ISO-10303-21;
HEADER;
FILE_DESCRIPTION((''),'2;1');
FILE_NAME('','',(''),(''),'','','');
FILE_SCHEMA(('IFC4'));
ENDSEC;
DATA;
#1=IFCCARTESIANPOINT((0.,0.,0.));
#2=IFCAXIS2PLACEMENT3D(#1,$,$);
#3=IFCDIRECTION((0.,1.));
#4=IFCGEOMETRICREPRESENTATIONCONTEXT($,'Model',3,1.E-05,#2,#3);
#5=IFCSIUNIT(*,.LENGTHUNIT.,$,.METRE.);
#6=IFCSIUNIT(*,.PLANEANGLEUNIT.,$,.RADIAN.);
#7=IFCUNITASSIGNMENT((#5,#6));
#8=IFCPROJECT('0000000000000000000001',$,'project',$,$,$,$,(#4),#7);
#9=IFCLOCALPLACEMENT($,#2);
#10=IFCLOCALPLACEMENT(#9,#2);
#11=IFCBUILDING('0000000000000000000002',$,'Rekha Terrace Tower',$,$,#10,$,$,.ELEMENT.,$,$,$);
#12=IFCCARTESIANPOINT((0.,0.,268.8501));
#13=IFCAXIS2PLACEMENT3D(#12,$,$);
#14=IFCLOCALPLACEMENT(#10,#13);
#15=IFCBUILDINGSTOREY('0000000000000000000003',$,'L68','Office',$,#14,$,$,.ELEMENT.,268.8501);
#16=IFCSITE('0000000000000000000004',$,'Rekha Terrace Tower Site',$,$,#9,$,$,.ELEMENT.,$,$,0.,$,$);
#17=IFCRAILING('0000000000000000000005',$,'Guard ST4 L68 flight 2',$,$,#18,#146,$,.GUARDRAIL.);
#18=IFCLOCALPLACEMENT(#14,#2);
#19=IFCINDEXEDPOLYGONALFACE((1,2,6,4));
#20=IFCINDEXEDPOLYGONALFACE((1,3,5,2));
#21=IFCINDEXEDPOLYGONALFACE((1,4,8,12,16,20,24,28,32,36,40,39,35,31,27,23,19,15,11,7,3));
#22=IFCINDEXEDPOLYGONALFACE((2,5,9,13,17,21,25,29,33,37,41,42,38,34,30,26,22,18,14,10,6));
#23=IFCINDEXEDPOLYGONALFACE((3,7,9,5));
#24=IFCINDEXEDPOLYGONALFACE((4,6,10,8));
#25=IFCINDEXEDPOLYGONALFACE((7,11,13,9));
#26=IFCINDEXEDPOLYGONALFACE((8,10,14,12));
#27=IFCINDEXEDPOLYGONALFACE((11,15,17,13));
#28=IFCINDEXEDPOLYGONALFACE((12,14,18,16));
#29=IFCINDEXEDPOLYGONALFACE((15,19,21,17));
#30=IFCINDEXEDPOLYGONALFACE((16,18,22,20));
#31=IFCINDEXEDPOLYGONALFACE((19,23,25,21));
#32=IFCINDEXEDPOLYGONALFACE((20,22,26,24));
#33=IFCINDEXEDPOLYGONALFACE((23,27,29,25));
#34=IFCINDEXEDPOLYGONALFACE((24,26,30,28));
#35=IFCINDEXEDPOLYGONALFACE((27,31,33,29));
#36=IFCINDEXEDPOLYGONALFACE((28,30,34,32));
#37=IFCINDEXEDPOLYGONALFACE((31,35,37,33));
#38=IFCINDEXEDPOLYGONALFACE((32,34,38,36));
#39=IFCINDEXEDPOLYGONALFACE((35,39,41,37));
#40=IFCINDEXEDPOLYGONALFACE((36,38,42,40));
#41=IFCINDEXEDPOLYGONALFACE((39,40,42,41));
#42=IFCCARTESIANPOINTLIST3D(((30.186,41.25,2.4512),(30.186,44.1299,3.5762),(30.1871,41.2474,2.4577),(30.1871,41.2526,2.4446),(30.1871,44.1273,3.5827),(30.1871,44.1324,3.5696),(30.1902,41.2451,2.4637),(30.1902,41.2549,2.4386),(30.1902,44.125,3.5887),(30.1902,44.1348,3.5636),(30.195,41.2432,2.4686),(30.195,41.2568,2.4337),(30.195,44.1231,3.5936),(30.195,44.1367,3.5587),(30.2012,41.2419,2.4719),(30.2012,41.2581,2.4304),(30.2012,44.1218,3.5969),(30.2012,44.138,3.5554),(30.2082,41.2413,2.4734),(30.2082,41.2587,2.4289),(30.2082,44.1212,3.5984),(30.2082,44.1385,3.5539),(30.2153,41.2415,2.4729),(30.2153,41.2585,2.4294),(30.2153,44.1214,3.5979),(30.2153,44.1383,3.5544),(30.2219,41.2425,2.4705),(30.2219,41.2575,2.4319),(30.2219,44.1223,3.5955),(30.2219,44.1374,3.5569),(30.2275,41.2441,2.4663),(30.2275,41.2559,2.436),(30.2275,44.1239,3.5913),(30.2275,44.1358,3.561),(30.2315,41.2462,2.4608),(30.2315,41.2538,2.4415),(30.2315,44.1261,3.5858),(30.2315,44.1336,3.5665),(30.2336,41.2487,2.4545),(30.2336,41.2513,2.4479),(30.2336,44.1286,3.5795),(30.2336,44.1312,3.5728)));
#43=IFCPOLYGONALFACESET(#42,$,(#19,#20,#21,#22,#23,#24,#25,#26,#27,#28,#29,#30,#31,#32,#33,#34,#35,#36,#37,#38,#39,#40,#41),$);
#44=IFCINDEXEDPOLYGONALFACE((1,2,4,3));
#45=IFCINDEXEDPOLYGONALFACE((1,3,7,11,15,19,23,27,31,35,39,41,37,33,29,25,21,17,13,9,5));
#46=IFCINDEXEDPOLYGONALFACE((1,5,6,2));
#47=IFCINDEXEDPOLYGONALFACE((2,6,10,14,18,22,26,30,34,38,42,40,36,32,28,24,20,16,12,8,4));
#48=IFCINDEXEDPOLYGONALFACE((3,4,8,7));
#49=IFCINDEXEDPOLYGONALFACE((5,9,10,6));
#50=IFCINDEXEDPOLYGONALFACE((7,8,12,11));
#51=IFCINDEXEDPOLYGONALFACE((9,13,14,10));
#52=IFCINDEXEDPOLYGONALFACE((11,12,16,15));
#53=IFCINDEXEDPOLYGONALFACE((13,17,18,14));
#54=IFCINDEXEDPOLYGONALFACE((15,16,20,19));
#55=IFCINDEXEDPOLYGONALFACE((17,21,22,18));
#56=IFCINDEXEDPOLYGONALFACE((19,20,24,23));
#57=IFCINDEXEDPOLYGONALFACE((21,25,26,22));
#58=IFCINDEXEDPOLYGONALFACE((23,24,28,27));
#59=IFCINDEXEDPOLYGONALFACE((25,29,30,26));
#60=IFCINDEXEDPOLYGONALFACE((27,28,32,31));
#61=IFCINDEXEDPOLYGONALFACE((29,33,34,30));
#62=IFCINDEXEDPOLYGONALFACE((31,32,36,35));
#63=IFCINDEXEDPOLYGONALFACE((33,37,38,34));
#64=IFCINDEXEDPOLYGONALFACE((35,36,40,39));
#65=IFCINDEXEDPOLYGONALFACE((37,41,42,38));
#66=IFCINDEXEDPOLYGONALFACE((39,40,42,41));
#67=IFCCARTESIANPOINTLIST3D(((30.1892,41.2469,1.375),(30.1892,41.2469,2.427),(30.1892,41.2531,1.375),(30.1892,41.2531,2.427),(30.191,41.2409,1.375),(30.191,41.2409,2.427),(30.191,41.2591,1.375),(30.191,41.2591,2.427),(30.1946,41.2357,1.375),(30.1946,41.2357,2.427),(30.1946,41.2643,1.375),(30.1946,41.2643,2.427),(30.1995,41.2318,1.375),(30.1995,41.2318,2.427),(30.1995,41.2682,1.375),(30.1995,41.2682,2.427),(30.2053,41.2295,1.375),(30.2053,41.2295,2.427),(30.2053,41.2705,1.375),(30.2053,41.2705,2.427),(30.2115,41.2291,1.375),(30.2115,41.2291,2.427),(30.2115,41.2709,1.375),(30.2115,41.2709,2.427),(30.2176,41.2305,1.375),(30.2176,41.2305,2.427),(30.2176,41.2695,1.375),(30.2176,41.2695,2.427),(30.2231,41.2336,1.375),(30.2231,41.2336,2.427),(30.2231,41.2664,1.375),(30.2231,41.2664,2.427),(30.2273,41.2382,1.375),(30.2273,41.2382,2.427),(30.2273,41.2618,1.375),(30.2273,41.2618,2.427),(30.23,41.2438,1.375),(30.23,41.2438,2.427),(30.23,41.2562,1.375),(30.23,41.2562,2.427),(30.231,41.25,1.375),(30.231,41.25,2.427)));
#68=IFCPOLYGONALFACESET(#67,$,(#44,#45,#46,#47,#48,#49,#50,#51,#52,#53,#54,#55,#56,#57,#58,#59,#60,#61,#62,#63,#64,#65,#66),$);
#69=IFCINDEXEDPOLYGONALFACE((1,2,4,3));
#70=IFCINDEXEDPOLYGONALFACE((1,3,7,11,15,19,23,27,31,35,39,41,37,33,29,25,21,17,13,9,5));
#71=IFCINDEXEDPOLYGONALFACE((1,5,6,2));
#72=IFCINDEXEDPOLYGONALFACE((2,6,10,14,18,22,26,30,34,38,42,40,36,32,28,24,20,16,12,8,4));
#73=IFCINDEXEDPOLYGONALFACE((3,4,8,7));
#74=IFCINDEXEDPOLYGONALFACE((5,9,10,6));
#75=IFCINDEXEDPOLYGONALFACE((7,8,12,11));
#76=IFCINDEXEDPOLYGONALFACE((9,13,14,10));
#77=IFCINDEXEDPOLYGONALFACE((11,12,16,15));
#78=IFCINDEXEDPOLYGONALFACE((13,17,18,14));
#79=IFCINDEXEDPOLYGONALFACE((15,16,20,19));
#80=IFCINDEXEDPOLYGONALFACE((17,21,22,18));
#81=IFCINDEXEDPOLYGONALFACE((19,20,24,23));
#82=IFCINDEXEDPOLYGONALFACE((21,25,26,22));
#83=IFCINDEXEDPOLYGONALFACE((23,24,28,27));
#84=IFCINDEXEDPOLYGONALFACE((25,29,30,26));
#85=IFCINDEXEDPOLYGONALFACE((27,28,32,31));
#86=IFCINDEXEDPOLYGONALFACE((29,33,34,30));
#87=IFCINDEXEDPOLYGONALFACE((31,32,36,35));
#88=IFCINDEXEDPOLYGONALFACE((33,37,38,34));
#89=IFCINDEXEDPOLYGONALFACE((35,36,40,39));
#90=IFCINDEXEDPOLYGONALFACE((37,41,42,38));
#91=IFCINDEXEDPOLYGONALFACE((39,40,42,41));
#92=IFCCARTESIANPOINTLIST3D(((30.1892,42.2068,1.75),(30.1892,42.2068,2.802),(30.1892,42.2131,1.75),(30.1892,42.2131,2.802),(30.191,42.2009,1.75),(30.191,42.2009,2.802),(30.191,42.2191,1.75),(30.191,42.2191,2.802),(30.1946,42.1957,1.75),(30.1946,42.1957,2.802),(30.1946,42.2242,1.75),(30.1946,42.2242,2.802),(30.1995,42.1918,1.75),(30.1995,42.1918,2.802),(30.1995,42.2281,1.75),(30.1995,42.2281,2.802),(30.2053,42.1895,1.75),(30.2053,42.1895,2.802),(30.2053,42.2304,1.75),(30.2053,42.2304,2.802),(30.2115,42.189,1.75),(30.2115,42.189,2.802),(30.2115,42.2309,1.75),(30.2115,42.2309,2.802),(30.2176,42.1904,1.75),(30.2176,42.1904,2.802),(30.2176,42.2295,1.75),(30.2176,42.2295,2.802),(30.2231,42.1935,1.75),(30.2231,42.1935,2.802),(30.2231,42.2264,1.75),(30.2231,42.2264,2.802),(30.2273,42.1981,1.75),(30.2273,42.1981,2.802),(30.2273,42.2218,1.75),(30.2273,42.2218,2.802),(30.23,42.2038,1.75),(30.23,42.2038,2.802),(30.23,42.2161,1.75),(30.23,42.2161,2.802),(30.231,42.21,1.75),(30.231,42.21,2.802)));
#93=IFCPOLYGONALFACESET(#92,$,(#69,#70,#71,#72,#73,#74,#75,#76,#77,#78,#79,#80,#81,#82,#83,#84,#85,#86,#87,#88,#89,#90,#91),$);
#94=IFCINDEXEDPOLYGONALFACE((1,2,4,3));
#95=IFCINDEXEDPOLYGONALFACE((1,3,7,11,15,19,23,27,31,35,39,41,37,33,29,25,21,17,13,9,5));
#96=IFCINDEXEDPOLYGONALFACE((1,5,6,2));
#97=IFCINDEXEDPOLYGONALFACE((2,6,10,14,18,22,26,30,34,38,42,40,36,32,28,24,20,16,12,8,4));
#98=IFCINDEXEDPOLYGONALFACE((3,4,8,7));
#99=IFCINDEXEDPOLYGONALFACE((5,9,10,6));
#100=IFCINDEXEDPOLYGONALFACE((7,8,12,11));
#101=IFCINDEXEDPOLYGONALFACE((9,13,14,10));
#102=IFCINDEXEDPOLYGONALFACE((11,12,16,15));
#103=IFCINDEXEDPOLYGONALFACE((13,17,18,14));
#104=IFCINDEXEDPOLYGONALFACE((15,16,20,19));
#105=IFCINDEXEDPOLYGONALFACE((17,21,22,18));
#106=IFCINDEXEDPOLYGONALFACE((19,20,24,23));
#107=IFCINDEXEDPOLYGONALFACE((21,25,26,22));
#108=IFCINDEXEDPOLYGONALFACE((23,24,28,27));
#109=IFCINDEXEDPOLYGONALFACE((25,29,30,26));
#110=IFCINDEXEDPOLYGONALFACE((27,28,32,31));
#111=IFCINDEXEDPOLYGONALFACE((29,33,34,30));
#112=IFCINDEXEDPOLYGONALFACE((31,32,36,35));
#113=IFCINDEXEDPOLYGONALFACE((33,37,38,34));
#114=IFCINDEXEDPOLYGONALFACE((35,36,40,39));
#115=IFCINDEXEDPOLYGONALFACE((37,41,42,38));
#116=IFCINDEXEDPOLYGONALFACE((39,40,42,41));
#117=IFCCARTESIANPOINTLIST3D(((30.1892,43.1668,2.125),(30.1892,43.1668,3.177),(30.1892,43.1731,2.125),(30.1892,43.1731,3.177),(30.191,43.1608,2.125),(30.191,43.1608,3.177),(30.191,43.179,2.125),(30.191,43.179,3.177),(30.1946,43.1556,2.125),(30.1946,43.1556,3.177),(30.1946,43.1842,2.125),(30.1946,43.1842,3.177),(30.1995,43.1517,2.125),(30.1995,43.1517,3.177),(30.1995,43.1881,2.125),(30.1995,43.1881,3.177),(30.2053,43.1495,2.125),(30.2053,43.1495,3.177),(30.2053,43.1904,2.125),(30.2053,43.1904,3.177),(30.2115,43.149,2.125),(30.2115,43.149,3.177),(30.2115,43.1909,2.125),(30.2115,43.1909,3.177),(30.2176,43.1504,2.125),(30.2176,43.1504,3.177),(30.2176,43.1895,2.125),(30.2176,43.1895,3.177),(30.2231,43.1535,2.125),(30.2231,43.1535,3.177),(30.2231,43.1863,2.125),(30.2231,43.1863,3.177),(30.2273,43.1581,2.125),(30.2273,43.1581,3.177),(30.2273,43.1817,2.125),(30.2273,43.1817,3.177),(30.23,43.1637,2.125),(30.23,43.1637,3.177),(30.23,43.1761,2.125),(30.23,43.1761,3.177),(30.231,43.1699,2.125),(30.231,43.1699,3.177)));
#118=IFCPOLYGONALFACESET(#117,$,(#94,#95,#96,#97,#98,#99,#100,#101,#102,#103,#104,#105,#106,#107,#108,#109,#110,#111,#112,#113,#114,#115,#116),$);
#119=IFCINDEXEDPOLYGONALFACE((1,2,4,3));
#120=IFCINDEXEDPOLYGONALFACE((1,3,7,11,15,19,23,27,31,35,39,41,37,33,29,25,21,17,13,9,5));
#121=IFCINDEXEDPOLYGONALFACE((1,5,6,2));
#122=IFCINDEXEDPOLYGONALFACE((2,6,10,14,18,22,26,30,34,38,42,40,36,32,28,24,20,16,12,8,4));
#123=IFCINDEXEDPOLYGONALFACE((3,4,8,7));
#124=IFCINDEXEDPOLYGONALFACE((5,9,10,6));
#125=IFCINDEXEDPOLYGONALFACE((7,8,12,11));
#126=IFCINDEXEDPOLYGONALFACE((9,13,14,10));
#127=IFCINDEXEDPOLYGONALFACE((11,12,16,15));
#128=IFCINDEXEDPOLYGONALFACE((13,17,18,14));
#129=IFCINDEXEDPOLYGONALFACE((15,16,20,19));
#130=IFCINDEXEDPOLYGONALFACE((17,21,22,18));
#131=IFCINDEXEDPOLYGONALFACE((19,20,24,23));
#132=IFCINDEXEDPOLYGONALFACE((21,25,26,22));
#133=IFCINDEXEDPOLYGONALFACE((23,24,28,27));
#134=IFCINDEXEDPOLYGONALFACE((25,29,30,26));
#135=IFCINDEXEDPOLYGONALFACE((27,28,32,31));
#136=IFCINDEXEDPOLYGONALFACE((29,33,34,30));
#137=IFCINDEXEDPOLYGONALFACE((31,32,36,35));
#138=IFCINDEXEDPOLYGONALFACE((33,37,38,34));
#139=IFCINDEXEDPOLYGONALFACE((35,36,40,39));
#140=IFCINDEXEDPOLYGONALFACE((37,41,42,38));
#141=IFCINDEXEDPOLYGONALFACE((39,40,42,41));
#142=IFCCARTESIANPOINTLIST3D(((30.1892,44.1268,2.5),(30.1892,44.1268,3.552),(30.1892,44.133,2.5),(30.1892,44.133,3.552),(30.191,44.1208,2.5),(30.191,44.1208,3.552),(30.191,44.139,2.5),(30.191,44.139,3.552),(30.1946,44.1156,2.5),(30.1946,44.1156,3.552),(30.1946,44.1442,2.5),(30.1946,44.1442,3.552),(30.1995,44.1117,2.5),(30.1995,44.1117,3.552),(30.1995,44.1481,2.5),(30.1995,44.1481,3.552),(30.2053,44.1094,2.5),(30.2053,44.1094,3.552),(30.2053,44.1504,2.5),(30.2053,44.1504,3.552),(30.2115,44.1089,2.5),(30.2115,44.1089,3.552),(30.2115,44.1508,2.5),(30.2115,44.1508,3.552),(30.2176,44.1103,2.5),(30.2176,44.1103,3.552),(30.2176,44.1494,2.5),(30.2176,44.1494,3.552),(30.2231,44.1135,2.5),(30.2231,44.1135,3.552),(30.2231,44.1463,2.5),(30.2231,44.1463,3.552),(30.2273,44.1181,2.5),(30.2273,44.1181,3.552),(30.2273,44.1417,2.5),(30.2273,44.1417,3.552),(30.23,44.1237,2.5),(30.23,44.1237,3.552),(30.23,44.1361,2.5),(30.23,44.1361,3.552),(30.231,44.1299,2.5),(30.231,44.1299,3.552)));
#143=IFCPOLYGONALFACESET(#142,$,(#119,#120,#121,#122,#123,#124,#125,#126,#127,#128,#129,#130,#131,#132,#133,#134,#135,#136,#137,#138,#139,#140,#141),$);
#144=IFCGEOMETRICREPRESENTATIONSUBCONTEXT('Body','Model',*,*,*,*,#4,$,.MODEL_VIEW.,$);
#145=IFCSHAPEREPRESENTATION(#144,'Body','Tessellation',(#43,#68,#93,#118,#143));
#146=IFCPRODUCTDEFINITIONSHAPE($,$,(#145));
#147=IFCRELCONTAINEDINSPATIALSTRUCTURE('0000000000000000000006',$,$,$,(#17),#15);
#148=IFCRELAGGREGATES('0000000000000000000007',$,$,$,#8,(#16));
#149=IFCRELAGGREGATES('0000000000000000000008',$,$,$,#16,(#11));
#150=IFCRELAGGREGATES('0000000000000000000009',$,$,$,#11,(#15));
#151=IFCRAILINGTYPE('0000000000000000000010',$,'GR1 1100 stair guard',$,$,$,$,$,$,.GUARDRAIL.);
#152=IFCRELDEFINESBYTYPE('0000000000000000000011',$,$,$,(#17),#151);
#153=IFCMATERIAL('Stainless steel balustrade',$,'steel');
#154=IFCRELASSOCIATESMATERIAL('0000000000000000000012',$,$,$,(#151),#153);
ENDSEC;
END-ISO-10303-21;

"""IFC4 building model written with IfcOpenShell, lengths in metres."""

from ifc_helpers import new_model, si_unit, direction, frame, origin, origin_2d, place, context, subcontext, project, spatial, circle, extrude, material, type_object, element, save


model = new_model("IFC4")

# Units and contexts
model_context = context("Model", 3, precision=1e-05, world=origin(), true_north=direction((0.0, 1.0)))
body_context = subcontext(model_context, "Body", "Model", "MODEL_VIEW")
ifc_project = project(units=[si_unit("LENGTHUNIT", "METRE"), si_unit("PLANEANGLEUNIT", "RADIAN")], contexts=[model_context])

# Site, building, storey
site_placement = place(None, origin())
site = spatial("IfcSite", under=ifc_project, at=site_placement, Name="Rekha Terrace Tower Site", CompositionType="ELEMENT", RefElevation=0.0)
building_placement = place(site_placement, origin())
building = spatial("IfcBuilding", under=site, at=building_placement, Name="Rekha Terrace Tower", CompositionType="ELEMENT")
storey_placement = place(building_placement, frame((0.0, 0.0, 268.8501)))
storey = spatial("IfcBuildingStorey", under=building, at=storey_placement, Name="L68", Description="Office", CompositionType="ELEMENT", Elevation=268.8501)

# Railing
ifc_material_1 = material(Name="Stainless steel balustrade", Category="steel")
railing_type_1 = type_object("IfcRailingType", Name="GR1 1100 stair guard", PredefinedType="GUARDRAIL", material=ifc_material_1)
railing_1_placement = place(storey_placement, frame((30.21, 41.25, 1.375)))
element("IfcRailing", 1, at=railing_1_placement, inside=storey, type_object=railing_type_1, Name="Guard ST4 L68 flight 2", PredefinedType="GUARDRAIL", context=body_context, shape_type="SweptSolid", body=[
    extrude(circle(Radius=0.0239, at=origin_2d()), frame((0.0, 0.0, 1.0762), z_axis=(0.0, 0.931452, 0.363863), x_axis=(-1.0, 0.0, 0.0)), (0.0, 0.0, 1.0), 3.0918),
    extrude(circle(Radius=0.021, at=origin_2d()), origin(), (0.0, 0.0, 1.0), 1.052),
    extrude(circle(Radius=0.021, at=origin_2d()), frame((0.0, 0.96, 0.375)), (0.0, 0.0, 1.0), 1.052),
    extrude(circle(Radius=0.021, at=origin_2d()), frame((0.0, 1.9199, 0.75)), (0.0, 0.0, 1.0), 1.052),
    extrude(circle(Radius=0.021, at=origin_2d()), frame((0.0, 2.8799, 1.125)), (0.0, 0.0, 1.0), 1.052),
])

save(model, "model.ifc")
